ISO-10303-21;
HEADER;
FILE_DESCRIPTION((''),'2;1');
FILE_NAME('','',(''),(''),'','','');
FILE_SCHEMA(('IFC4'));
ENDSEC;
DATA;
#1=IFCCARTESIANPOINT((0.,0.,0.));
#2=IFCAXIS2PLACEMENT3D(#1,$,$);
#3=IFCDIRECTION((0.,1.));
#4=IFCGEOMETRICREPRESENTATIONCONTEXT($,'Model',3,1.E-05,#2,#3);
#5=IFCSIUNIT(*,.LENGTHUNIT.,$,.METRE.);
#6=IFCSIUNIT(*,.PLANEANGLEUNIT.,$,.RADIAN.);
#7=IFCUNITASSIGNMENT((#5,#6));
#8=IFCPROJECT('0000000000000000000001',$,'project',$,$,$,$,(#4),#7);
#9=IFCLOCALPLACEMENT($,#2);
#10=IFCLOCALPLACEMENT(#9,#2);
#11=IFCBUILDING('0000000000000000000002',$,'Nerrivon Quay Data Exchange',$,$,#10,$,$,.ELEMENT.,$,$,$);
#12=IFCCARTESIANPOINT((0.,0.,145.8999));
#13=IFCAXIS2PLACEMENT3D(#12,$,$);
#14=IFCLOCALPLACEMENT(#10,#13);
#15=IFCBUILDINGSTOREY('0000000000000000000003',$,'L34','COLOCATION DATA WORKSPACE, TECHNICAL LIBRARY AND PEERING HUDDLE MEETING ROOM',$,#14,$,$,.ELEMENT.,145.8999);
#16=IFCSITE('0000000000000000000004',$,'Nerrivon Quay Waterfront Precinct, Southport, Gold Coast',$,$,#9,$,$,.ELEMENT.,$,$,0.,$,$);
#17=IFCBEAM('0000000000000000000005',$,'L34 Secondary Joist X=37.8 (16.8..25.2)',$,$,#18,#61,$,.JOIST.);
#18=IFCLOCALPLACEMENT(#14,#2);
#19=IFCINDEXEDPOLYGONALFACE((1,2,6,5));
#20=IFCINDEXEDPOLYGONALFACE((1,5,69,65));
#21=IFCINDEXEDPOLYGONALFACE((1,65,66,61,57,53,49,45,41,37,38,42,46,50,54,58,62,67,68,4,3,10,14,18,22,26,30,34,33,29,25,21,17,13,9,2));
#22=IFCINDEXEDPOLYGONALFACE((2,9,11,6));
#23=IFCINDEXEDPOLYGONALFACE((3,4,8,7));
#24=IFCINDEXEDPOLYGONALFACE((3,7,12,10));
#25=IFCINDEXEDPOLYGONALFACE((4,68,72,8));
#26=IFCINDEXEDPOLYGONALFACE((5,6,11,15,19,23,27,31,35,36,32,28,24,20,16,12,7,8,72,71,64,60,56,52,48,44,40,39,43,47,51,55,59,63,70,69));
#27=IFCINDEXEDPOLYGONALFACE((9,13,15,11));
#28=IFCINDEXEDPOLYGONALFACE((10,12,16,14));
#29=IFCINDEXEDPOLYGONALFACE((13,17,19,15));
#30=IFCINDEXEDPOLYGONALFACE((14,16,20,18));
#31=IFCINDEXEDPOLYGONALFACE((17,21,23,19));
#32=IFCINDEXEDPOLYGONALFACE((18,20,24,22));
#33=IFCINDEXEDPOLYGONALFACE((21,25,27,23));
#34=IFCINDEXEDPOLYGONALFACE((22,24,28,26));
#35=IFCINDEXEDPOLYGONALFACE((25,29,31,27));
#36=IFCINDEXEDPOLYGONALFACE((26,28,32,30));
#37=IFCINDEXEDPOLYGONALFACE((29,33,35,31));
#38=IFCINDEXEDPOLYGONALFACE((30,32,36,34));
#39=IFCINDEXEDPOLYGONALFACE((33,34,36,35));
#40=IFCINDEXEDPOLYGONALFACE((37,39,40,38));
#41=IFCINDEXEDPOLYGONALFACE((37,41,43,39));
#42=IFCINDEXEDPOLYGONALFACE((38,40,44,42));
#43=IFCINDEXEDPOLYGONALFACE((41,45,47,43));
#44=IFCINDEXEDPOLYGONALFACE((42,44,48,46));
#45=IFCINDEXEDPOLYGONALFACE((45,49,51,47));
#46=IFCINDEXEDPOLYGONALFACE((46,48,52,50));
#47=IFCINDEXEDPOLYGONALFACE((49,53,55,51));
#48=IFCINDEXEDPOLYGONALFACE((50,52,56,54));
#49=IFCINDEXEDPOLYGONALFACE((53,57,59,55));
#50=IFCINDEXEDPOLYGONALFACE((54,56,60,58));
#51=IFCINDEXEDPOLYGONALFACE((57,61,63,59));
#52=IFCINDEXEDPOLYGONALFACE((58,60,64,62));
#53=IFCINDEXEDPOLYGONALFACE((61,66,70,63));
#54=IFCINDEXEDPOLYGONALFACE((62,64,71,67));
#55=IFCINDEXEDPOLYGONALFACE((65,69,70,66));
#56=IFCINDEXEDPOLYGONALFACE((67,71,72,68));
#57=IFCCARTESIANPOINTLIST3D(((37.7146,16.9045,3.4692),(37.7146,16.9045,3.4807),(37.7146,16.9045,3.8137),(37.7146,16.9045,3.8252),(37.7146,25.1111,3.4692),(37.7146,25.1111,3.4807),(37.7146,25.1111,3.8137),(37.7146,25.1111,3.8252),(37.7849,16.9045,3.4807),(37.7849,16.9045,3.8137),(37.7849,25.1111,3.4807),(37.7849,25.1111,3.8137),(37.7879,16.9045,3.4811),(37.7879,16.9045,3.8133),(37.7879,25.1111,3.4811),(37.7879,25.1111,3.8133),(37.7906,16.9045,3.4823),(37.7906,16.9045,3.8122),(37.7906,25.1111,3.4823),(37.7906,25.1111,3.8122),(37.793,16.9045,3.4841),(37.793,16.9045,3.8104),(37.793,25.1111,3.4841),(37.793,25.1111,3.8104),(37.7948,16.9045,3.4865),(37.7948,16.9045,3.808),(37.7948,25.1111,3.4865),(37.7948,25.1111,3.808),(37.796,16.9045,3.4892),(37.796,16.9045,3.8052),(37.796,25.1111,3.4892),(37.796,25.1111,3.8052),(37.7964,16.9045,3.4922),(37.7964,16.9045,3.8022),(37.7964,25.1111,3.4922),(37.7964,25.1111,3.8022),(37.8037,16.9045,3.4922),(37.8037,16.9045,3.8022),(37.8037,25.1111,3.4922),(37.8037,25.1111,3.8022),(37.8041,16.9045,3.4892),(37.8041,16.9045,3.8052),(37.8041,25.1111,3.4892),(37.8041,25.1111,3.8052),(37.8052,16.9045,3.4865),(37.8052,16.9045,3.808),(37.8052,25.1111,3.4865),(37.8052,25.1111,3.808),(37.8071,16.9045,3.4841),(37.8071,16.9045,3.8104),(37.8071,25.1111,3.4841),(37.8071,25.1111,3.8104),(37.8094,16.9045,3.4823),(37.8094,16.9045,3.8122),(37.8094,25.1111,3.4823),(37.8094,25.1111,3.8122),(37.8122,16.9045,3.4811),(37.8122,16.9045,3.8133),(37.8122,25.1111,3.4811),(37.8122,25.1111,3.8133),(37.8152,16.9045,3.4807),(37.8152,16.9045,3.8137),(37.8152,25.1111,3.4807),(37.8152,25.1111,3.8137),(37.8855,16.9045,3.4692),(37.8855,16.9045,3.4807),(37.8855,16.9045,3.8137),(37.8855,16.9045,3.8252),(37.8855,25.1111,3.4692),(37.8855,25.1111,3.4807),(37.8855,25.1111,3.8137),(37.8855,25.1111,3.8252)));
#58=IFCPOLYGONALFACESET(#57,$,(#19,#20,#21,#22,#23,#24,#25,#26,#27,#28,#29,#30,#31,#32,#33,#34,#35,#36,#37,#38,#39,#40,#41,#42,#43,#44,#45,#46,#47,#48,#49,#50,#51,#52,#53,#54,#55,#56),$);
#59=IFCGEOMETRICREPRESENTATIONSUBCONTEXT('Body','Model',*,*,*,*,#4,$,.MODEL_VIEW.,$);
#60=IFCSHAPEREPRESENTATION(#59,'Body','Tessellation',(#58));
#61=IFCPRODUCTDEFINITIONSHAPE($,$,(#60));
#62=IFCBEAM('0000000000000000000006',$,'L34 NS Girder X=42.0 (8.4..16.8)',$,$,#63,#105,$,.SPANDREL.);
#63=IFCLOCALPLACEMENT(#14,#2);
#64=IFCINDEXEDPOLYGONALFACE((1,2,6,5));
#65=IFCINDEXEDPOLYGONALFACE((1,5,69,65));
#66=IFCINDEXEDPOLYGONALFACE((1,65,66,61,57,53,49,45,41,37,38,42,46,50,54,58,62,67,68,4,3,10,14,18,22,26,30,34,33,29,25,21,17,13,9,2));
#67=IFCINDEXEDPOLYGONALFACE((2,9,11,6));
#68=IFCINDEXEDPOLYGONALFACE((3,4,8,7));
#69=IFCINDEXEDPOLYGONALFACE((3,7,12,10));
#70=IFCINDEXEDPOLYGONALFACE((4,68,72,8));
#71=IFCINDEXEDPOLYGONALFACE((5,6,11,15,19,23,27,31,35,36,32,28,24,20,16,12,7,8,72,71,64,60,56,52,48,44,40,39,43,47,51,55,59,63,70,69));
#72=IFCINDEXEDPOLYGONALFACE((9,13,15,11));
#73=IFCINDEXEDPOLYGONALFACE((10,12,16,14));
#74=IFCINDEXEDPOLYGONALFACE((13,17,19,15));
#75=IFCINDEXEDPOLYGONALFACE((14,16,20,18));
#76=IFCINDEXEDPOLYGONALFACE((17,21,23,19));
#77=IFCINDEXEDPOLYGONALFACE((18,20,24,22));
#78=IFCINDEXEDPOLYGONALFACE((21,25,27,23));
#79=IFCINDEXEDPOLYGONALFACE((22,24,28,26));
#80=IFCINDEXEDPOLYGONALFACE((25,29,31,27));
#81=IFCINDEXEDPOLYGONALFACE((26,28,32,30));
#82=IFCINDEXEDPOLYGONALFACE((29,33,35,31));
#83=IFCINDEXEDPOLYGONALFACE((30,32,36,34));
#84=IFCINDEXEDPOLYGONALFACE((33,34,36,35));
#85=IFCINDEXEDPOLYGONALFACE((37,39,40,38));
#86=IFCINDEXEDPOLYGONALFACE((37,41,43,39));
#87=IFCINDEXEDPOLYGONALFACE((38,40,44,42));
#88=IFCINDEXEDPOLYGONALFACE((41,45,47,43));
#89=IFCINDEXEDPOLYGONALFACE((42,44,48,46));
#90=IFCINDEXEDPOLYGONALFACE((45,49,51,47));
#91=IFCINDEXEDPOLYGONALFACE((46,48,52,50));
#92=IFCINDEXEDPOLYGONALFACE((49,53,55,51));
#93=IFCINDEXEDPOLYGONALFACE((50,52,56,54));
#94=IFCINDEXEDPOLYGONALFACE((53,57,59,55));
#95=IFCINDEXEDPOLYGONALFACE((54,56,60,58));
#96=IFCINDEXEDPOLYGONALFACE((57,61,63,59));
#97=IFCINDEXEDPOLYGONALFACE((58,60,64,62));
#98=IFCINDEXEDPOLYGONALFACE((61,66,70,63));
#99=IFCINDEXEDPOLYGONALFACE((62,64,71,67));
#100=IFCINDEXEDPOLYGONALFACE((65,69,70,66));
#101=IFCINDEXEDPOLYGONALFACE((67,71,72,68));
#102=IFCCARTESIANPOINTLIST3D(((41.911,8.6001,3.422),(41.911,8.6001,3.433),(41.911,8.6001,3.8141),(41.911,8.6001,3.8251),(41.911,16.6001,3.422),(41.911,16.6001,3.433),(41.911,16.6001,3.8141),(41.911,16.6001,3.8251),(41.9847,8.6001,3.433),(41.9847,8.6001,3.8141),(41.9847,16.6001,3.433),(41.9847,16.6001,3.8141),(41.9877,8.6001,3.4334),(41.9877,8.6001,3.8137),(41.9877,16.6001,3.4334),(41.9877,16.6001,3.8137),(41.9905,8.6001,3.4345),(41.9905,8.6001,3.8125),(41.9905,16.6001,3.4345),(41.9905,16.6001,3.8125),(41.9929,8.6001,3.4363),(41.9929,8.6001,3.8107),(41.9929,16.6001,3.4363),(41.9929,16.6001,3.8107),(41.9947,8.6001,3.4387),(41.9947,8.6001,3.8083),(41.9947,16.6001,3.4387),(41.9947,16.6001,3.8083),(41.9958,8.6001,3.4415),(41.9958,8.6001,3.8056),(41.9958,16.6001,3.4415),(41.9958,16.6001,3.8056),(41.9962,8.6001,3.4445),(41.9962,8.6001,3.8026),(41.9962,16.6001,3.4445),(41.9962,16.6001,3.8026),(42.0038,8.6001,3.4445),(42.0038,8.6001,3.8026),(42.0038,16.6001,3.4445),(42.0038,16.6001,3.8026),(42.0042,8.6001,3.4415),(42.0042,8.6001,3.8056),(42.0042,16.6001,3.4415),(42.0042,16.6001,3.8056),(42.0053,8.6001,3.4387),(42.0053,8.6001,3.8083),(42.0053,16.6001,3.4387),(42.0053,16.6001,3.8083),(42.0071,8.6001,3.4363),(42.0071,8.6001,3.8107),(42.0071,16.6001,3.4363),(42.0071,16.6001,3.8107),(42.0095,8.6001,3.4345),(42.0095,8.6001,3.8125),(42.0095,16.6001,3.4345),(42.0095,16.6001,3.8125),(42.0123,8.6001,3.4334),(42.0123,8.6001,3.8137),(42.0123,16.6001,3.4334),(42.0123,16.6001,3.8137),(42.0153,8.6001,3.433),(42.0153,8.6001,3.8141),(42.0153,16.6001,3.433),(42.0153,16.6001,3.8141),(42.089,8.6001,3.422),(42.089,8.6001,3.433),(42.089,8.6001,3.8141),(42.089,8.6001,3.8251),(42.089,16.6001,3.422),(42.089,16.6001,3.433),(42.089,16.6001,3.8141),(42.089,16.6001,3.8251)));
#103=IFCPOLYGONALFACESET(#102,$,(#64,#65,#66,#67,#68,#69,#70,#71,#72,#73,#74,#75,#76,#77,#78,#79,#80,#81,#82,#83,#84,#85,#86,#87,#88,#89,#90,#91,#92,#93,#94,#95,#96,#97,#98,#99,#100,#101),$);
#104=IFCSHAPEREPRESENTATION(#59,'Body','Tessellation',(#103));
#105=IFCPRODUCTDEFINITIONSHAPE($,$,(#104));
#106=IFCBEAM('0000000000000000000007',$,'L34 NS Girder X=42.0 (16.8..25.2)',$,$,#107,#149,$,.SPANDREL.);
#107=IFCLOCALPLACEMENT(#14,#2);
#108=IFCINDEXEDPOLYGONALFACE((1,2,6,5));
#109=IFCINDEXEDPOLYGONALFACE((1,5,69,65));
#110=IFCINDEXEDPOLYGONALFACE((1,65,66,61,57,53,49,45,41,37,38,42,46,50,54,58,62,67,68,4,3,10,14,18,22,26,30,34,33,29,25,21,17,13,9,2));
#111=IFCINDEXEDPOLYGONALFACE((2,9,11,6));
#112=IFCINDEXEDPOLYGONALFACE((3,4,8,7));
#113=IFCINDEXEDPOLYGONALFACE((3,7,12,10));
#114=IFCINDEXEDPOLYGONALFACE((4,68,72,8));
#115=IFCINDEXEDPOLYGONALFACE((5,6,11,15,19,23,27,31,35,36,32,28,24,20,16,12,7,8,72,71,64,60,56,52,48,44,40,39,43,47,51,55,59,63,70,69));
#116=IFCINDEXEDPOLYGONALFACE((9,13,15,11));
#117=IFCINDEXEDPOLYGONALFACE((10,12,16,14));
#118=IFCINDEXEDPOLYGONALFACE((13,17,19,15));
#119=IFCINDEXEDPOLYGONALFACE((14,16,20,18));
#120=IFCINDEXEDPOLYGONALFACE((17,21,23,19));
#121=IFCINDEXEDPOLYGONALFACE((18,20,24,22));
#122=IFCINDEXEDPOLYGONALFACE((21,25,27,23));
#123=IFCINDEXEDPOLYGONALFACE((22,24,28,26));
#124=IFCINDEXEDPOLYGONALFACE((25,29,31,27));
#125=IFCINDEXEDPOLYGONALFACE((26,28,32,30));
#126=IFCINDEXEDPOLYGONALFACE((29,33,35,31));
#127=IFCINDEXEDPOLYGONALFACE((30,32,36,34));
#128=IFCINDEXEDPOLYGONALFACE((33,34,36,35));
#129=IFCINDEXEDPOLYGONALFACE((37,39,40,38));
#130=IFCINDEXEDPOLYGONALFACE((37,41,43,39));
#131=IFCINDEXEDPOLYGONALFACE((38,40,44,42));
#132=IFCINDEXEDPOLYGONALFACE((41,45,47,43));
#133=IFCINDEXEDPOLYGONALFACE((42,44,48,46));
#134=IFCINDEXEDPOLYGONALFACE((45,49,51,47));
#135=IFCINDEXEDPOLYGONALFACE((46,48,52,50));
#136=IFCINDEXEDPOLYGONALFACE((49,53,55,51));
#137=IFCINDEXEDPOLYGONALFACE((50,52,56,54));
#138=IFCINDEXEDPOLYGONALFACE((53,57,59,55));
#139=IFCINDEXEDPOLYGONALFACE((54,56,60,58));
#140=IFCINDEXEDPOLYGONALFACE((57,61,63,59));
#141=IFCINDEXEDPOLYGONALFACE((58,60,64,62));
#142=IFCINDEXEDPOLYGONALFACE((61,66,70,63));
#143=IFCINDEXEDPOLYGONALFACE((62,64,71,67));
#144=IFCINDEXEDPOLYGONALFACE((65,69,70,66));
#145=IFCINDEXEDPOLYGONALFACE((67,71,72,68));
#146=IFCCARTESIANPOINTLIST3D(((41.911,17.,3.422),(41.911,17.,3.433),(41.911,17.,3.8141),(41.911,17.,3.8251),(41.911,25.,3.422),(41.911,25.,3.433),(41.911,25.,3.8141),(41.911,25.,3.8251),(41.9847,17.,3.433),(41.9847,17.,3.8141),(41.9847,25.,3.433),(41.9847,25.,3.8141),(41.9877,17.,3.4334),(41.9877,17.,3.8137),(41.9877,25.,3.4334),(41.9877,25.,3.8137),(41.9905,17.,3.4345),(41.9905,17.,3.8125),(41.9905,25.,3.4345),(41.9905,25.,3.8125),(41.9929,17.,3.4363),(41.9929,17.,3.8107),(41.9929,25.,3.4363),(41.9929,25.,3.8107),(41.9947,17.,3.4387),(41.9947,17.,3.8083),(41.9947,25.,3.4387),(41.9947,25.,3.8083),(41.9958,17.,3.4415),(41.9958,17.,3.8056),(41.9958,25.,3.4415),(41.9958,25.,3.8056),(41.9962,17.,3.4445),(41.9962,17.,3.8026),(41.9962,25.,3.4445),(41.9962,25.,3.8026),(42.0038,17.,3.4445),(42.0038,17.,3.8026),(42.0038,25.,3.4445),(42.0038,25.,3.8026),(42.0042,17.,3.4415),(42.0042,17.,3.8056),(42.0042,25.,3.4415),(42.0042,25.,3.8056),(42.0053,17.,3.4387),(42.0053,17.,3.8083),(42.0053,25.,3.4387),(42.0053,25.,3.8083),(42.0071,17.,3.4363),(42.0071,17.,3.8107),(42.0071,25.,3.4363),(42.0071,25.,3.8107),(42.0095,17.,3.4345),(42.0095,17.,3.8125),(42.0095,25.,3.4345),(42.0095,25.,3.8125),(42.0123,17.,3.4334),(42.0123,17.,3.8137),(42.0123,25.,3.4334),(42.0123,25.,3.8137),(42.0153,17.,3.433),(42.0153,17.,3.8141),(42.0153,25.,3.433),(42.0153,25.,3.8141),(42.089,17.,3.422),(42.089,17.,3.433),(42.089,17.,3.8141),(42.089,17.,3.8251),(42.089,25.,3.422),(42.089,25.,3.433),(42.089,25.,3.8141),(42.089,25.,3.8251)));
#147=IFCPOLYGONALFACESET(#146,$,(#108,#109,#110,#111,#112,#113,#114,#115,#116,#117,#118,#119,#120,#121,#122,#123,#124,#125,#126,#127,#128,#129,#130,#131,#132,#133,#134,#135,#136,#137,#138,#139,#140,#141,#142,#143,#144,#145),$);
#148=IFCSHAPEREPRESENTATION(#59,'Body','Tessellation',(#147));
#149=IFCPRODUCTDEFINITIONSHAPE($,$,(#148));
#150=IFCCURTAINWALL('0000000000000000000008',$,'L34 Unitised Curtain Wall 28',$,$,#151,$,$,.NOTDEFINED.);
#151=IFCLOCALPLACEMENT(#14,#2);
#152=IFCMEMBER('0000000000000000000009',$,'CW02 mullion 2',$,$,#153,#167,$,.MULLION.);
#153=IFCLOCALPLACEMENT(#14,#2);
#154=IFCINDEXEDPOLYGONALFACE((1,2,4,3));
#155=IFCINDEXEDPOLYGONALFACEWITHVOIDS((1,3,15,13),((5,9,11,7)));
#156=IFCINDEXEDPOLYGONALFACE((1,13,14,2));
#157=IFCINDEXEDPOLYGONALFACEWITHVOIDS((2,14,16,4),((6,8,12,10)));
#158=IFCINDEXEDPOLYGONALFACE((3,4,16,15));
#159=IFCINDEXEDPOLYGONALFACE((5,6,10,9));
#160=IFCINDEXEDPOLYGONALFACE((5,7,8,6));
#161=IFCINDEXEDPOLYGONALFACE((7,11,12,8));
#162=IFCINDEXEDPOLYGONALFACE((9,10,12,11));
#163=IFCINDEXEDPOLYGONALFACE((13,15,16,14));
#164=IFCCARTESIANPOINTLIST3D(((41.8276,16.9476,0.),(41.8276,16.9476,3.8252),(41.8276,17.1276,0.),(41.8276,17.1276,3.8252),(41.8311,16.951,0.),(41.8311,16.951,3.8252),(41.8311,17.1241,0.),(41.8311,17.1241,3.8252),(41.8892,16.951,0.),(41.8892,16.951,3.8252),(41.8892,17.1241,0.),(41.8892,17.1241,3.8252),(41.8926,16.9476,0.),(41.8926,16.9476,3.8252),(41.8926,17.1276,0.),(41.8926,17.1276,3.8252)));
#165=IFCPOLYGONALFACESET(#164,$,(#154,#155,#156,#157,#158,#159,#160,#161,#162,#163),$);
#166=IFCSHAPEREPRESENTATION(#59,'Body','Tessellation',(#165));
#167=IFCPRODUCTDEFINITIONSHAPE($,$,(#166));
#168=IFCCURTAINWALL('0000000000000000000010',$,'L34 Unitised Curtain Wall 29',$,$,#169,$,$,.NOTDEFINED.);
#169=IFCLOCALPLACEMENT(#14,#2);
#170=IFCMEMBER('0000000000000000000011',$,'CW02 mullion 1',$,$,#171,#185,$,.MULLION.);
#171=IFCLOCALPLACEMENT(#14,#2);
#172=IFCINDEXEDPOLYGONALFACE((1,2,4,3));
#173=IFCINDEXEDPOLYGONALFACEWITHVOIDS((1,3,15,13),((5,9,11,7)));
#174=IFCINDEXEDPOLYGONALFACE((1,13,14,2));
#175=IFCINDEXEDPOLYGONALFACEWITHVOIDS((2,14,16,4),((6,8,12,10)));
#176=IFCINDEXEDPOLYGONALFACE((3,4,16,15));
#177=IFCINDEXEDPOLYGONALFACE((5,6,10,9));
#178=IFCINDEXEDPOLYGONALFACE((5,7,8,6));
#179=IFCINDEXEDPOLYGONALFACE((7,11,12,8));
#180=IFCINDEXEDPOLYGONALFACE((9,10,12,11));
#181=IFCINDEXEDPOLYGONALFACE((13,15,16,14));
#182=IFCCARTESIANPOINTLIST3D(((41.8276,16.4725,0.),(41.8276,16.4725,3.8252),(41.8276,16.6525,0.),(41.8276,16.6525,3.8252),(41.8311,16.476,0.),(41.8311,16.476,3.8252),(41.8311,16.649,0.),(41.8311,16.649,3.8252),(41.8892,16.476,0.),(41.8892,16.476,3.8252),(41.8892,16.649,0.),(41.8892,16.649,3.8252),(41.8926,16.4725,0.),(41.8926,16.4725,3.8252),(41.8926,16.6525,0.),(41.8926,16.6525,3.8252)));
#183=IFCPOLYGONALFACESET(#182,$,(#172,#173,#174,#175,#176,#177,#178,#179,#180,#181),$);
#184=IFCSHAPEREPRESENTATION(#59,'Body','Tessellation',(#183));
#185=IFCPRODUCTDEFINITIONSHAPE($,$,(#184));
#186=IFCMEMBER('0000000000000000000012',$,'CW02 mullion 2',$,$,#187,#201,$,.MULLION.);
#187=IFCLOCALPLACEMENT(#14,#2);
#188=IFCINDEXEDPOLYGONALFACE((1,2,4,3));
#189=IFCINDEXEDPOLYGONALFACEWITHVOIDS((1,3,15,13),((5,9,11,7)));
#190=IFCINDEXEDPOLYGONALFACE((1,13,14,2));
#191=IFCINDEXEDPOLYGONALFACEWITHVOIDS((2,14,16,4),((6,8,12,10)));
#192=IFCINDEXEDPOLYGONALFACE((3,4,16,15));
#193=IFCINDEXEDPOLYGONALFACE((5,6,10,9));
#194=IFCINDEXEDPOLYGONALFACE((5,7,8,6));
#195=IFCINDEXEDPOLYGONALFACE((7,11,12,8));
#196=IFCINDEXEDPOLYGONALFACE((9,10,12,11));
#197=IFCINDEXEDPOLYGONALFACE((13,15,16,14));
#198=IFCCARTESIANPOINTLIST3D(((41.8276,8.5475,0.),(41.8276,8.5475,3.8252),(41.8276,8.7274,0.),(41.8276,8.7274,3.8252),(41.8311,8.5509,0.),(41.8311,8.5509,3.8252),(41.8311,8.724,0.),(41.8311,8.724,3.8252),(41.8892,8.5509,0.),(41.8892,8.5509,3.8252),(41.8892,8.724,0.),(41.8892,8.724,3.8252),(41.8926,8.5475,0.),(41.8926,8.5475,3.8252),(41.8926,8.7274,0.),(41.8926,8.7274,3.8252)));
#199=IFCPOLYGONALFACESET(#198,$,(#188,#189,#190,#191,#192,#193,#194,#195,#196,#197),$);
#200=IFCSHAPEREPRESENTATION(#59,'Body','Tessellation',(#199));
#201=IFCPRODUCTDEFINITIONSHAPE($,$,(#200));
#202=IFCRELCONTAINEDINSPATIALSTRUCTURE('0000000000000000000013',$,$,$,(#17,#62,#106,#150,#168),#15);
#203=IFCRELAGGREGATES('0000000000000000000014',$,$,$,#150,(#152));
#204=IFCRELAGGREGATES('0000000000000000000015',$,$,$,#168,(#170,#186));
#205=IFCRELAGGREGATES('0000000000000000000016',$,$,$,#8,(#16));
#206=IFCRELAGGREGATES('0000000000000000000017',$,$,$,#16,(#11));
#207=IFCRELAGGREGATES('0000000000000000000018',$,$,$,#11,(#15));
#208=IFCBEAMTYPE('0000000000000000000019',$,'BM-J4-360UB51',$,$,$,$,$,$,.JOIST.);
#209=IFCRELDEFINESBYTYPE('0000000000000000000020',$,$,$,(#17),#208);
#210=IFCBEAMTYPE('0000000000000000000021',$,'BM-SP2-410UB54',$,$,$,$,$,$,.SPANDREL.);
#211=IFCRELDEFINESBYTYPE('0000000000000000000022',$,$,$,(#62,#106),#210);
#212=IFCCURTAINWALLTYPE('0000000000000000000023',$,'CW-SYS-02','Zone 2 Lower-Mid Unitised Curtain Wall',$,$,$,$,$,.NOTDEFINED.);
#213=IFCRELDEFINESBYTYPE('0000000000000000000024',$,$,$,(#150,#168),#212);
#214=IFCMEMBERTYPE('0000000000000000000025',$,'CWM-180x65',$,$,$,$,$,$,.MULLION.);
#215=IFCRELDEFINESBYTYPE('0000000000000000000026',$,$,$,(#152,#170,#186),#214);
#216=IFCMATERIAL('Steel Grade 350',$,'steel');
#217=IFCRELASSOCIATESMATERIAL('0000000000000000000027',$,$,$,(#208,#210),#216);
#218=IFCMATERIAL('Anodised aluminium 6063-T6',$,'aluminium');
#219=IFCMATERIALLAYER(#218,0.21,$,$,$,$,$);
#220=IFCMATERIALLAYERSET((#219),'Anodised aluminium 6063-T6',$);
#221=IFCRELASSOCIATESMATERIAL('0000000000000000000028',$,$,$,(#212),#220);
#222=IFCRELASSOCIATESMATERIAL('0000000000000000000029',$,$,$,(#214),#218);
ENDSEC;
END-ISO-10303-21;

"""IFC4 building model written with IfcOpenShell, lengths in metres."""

from ifc_helpers import new_model, si_unit, direction, frame, origin, origin_2d, place, context, subcontext, project, spatial, hollow_rectangle, i_section, extrude, material, layer, layer_set, material_profile, profile_set, type_object, element, aggregate, save


model = new_model("IFC4")

# Units and contexts
model_context = context("Model", 3, precision=1e-05, world=origin(), true_north=direction((0.0, 1.0)))
body_context = subcontext(model_context, "Body", "Model", "MODEL_VIEW")
ifc_project = project(units=[si_unit("LENGTHUNIT", "METRE"), si_unit("PLANEANGLEUNIT", "RADIAN")], contexts=[model_context])

# Site, building, storey
site_placement = place(None, origin())
site = spatial("IfcSite", under=ifc_project, at=site_placement, Name="Nerrivon Quay Waterfront Precinct, Southport, Gold Coast", CompositionType="ELEMENT", RefElevation=0.0)
building_placement = place(site_placement, origin())
building = spatial("IfcBuilding", under=site, at=building_placement, Name="Nerrivon Quay Data Exchange", CompositionType="ELEMENT")
storey_placement = place(building_placement, frame((0.0, 0.0, 145.8999)))
storey = spatial("IfcBuildingStorey", under=building, at=storey_placement, Name="L34", Description="COLOCATION DATA WORKSPACE, TECHNICAL LIBRARY AND PEERING HUDDLE MEETING ROOM", CompositionType="ELEMENT", Elevation=145.8999)

# Shared definitions
ifc_material_1 = material(Name="Steel Grade 350", Category="steel")

# Beams
ifc_material_profile_1 = material_profile(ifc_material_1, i_section(OverallWidth=0.1709, OverallDepth=0.356, WebThickness=0.0073, FlangeThickness=0.0115, FilletRadius=0.0115, at=origin_2d()), Name="360UB50.7")
ifc_profile_set_1 = profile_set([ifc_material_profile_1], Name="Steel Grade 350")
beam_type_1 = type_object("IfcBeamType", Name="BM-J4-360UB51", PredefinedType="JOIST", material=ifc_profile_set_1)
beam_1_placement = place(storey_placement, frame((37.8, 16.9045, 3.6472), z_axis=(0.0, 1.0, 0.0), x_axis=(-1.0, 0.0, 0.0)))
element("IfcBeam", 1, at=beam_1_placement, inside=storey, type_object=beam_type_1, Name="L34 Secondary Joist X=37.8 (16.8..25.2)", PredefinedType="JOIST", context=body_context, shape_type="SweptSolid", body=[
    extrude(i_section(OverallWidth=0.1709, OverallDepth=0.356, WebThickness=0.0073, FlangeThickness=0.0115, FilletRadius=0.0115, at=origin_2d()), origin(), (0.0, 0.0, 1.0), 8.2065),
])
ifc_material_profile_2 = material_profile(ifc_material_1, i_section(OverallWidth=0.178, OverallDepth=0.4031, WebThickness=0.0076, FlangeThickness=0.011, FilletRadius=0.0115, at=origin_2d()), Name="410UB53.7")
ifc_profile_set_2 = profile_set([ifc_material_profile_2], Name="Steel Grade 350")
beam_type_2 = type_object("IfcBeamType", Name="BM-SP2-410UB54", PredefinedType="SPANDREL", material=ifc_profile_set_2)
for number, where, z_axis, x_axis, name in (
    (2, (42.0, 8.6001, 3.6235), (0.0, 1.0, 0.0), (-1.0, 0.0, 0.0), "L34 NS Girder X=42.0 (8.4..16.8)"),
    (3, (42.0, 17.0, 3.6235), (0.0, 1.0, 0.0), (-1.0, 0.0, 0.0), "L34 NS Girder X=42.0 (16.8..25.2)"),
):
    element("IfcBeam", number, at=place(storey_placement, frame(where, z_axis=z_axis, x_axis=x_axis)), inside=storey, type_object=beam_type_2, Name=name, PredefinedType="SPANDREL", context=body_context, shape_type="SweptSolid", body=[
        extrude(i_section(OverallWidth=0.178, OverallDepth=0.4031, WebThickness=0.0076, FlangeThickness=0.011, FilletRadius=0.0115, at=origin_2d()), origin(), (0.0, 0.0, 1.0), 8.0),
    ])

# Curtain wall, member
ifc_material_2 = material(Name="Anodised aluminium 6063-T6", Category="aluminium")
ifc_layer_1 = layer(ifc_material_2, 0.21)
ifc_layer_set_1 = layer_set([ifc_layer_1], Name="Anodised aluminium 6063-T6")
curtain_wall_type = type_object("IfcCurtainWallType", Name="CW-SYS-02", Description="Zone 2 Lower-Mid Unitised Curtain Wall", PredefinedType="NOTDEFINED", material=ifc_layer_set_1)
curtain_wall_1_placement = place(storey_placement, origin())
curtain_wall_1 = element("IfcCurtainWall", 4, at=curtain_wall_1_placement, inside=storey, type_object=curtain_wall_type, Name="L34 Unitised Curtain Wall 28", PredefinedType="NOTDEFINED")
ifc_material_profile_3 = material_profile(ifc_material_2, hollow_rectangle(XDim=0.0649, YDim=0.1799, WallThickness=0.0034, at=origin_2d()), Name="ALU-MULL-180x65")
ifc_profile_set_3 = profile_set([ifc_material_profile_3], Name="Anodised aluminium 6063-T6")
member_type_1 = type_object("IfcMemberType", Name="CWM-180x65", PredefinedType="MULLION", material=ifc_profile_set_3)
member_1_placement = place(storey_placement, frame((41.8601, 17.0376, 0.0), z_axis=(0.0, 0.0, 1.0), x_axis=(1.0, 0.0, 0.0)))
member_1 = element("IfcMember", 5, at=member_1_placement, type_object=member_type_1, Name="CW02 mullion 2", PredefinedType="MULLION", context=body_context, shape_type="SweptSolid", body=[
    extrude(hollow_rectangle(XDim=0.0649, YDim=0.1799, WallThickness=0.0034, at=origin_2d()), origin(), (0.0, 0.0, 1.0), 3.8252),
])
aggregate(curtain_wall_1, [member_1])

# Curtain wall, members
curtain_wall_2_placement = place(storey_placement, origin())
curtain_wall_2 = element("IfcCurtainWall", 6, at=curtain_wall_2_placement, inside=storey, type_object=curtain_wall_type, Name="L34 Unitised Curtain Wall 29", PredefinedType="NOTDEFINED")
member_2_placement = place(storey_placement, frame((41.8601, 16.5625, 0.0), z_axis=(0.0, 0.0, 1.0), x_axis=(1.0, 0.0, 0.0)))
member_2 = element("IfcMember", 7, at=member_2_placement, type_object=member_type_1, Name="CW02 mullion 1", PredefinedType="MULLION", context=body_context, shape_type="SweptSolid", body=[
    extrude(hollow_rectangle(XDim=0.0649, YDim=0.1799, WallThickness=0.0034, at=origin_2d()), origin(), (0.0, 0.0, 1.0), 3.8252),
])
member_3_placement = place(storey_placement, frame((41.8601, 8.6375, 0.0), z_axis=(0.0, 0.0, 1.0), x_axis=(1.0, 0.0, 0.0)))
member_3 = element("IfcMember", 8, at=member_3_placement, type_object=member_type_1, Name="CW02 mullion 2", PredefinedType="MULLION", context=body_context, shape_type="SweptSolid", body=[
    extrude(hollow_rectangle(XDim=0.0649, YDim=0.1799, WallThickness=0.0034, at=origin_2d()), origin(), (0.0, 0.0, 1.0), 3.8252),
])
aggregate(curtain_wall_2, [member_2, member_3])

save(model, "model.ifc")
